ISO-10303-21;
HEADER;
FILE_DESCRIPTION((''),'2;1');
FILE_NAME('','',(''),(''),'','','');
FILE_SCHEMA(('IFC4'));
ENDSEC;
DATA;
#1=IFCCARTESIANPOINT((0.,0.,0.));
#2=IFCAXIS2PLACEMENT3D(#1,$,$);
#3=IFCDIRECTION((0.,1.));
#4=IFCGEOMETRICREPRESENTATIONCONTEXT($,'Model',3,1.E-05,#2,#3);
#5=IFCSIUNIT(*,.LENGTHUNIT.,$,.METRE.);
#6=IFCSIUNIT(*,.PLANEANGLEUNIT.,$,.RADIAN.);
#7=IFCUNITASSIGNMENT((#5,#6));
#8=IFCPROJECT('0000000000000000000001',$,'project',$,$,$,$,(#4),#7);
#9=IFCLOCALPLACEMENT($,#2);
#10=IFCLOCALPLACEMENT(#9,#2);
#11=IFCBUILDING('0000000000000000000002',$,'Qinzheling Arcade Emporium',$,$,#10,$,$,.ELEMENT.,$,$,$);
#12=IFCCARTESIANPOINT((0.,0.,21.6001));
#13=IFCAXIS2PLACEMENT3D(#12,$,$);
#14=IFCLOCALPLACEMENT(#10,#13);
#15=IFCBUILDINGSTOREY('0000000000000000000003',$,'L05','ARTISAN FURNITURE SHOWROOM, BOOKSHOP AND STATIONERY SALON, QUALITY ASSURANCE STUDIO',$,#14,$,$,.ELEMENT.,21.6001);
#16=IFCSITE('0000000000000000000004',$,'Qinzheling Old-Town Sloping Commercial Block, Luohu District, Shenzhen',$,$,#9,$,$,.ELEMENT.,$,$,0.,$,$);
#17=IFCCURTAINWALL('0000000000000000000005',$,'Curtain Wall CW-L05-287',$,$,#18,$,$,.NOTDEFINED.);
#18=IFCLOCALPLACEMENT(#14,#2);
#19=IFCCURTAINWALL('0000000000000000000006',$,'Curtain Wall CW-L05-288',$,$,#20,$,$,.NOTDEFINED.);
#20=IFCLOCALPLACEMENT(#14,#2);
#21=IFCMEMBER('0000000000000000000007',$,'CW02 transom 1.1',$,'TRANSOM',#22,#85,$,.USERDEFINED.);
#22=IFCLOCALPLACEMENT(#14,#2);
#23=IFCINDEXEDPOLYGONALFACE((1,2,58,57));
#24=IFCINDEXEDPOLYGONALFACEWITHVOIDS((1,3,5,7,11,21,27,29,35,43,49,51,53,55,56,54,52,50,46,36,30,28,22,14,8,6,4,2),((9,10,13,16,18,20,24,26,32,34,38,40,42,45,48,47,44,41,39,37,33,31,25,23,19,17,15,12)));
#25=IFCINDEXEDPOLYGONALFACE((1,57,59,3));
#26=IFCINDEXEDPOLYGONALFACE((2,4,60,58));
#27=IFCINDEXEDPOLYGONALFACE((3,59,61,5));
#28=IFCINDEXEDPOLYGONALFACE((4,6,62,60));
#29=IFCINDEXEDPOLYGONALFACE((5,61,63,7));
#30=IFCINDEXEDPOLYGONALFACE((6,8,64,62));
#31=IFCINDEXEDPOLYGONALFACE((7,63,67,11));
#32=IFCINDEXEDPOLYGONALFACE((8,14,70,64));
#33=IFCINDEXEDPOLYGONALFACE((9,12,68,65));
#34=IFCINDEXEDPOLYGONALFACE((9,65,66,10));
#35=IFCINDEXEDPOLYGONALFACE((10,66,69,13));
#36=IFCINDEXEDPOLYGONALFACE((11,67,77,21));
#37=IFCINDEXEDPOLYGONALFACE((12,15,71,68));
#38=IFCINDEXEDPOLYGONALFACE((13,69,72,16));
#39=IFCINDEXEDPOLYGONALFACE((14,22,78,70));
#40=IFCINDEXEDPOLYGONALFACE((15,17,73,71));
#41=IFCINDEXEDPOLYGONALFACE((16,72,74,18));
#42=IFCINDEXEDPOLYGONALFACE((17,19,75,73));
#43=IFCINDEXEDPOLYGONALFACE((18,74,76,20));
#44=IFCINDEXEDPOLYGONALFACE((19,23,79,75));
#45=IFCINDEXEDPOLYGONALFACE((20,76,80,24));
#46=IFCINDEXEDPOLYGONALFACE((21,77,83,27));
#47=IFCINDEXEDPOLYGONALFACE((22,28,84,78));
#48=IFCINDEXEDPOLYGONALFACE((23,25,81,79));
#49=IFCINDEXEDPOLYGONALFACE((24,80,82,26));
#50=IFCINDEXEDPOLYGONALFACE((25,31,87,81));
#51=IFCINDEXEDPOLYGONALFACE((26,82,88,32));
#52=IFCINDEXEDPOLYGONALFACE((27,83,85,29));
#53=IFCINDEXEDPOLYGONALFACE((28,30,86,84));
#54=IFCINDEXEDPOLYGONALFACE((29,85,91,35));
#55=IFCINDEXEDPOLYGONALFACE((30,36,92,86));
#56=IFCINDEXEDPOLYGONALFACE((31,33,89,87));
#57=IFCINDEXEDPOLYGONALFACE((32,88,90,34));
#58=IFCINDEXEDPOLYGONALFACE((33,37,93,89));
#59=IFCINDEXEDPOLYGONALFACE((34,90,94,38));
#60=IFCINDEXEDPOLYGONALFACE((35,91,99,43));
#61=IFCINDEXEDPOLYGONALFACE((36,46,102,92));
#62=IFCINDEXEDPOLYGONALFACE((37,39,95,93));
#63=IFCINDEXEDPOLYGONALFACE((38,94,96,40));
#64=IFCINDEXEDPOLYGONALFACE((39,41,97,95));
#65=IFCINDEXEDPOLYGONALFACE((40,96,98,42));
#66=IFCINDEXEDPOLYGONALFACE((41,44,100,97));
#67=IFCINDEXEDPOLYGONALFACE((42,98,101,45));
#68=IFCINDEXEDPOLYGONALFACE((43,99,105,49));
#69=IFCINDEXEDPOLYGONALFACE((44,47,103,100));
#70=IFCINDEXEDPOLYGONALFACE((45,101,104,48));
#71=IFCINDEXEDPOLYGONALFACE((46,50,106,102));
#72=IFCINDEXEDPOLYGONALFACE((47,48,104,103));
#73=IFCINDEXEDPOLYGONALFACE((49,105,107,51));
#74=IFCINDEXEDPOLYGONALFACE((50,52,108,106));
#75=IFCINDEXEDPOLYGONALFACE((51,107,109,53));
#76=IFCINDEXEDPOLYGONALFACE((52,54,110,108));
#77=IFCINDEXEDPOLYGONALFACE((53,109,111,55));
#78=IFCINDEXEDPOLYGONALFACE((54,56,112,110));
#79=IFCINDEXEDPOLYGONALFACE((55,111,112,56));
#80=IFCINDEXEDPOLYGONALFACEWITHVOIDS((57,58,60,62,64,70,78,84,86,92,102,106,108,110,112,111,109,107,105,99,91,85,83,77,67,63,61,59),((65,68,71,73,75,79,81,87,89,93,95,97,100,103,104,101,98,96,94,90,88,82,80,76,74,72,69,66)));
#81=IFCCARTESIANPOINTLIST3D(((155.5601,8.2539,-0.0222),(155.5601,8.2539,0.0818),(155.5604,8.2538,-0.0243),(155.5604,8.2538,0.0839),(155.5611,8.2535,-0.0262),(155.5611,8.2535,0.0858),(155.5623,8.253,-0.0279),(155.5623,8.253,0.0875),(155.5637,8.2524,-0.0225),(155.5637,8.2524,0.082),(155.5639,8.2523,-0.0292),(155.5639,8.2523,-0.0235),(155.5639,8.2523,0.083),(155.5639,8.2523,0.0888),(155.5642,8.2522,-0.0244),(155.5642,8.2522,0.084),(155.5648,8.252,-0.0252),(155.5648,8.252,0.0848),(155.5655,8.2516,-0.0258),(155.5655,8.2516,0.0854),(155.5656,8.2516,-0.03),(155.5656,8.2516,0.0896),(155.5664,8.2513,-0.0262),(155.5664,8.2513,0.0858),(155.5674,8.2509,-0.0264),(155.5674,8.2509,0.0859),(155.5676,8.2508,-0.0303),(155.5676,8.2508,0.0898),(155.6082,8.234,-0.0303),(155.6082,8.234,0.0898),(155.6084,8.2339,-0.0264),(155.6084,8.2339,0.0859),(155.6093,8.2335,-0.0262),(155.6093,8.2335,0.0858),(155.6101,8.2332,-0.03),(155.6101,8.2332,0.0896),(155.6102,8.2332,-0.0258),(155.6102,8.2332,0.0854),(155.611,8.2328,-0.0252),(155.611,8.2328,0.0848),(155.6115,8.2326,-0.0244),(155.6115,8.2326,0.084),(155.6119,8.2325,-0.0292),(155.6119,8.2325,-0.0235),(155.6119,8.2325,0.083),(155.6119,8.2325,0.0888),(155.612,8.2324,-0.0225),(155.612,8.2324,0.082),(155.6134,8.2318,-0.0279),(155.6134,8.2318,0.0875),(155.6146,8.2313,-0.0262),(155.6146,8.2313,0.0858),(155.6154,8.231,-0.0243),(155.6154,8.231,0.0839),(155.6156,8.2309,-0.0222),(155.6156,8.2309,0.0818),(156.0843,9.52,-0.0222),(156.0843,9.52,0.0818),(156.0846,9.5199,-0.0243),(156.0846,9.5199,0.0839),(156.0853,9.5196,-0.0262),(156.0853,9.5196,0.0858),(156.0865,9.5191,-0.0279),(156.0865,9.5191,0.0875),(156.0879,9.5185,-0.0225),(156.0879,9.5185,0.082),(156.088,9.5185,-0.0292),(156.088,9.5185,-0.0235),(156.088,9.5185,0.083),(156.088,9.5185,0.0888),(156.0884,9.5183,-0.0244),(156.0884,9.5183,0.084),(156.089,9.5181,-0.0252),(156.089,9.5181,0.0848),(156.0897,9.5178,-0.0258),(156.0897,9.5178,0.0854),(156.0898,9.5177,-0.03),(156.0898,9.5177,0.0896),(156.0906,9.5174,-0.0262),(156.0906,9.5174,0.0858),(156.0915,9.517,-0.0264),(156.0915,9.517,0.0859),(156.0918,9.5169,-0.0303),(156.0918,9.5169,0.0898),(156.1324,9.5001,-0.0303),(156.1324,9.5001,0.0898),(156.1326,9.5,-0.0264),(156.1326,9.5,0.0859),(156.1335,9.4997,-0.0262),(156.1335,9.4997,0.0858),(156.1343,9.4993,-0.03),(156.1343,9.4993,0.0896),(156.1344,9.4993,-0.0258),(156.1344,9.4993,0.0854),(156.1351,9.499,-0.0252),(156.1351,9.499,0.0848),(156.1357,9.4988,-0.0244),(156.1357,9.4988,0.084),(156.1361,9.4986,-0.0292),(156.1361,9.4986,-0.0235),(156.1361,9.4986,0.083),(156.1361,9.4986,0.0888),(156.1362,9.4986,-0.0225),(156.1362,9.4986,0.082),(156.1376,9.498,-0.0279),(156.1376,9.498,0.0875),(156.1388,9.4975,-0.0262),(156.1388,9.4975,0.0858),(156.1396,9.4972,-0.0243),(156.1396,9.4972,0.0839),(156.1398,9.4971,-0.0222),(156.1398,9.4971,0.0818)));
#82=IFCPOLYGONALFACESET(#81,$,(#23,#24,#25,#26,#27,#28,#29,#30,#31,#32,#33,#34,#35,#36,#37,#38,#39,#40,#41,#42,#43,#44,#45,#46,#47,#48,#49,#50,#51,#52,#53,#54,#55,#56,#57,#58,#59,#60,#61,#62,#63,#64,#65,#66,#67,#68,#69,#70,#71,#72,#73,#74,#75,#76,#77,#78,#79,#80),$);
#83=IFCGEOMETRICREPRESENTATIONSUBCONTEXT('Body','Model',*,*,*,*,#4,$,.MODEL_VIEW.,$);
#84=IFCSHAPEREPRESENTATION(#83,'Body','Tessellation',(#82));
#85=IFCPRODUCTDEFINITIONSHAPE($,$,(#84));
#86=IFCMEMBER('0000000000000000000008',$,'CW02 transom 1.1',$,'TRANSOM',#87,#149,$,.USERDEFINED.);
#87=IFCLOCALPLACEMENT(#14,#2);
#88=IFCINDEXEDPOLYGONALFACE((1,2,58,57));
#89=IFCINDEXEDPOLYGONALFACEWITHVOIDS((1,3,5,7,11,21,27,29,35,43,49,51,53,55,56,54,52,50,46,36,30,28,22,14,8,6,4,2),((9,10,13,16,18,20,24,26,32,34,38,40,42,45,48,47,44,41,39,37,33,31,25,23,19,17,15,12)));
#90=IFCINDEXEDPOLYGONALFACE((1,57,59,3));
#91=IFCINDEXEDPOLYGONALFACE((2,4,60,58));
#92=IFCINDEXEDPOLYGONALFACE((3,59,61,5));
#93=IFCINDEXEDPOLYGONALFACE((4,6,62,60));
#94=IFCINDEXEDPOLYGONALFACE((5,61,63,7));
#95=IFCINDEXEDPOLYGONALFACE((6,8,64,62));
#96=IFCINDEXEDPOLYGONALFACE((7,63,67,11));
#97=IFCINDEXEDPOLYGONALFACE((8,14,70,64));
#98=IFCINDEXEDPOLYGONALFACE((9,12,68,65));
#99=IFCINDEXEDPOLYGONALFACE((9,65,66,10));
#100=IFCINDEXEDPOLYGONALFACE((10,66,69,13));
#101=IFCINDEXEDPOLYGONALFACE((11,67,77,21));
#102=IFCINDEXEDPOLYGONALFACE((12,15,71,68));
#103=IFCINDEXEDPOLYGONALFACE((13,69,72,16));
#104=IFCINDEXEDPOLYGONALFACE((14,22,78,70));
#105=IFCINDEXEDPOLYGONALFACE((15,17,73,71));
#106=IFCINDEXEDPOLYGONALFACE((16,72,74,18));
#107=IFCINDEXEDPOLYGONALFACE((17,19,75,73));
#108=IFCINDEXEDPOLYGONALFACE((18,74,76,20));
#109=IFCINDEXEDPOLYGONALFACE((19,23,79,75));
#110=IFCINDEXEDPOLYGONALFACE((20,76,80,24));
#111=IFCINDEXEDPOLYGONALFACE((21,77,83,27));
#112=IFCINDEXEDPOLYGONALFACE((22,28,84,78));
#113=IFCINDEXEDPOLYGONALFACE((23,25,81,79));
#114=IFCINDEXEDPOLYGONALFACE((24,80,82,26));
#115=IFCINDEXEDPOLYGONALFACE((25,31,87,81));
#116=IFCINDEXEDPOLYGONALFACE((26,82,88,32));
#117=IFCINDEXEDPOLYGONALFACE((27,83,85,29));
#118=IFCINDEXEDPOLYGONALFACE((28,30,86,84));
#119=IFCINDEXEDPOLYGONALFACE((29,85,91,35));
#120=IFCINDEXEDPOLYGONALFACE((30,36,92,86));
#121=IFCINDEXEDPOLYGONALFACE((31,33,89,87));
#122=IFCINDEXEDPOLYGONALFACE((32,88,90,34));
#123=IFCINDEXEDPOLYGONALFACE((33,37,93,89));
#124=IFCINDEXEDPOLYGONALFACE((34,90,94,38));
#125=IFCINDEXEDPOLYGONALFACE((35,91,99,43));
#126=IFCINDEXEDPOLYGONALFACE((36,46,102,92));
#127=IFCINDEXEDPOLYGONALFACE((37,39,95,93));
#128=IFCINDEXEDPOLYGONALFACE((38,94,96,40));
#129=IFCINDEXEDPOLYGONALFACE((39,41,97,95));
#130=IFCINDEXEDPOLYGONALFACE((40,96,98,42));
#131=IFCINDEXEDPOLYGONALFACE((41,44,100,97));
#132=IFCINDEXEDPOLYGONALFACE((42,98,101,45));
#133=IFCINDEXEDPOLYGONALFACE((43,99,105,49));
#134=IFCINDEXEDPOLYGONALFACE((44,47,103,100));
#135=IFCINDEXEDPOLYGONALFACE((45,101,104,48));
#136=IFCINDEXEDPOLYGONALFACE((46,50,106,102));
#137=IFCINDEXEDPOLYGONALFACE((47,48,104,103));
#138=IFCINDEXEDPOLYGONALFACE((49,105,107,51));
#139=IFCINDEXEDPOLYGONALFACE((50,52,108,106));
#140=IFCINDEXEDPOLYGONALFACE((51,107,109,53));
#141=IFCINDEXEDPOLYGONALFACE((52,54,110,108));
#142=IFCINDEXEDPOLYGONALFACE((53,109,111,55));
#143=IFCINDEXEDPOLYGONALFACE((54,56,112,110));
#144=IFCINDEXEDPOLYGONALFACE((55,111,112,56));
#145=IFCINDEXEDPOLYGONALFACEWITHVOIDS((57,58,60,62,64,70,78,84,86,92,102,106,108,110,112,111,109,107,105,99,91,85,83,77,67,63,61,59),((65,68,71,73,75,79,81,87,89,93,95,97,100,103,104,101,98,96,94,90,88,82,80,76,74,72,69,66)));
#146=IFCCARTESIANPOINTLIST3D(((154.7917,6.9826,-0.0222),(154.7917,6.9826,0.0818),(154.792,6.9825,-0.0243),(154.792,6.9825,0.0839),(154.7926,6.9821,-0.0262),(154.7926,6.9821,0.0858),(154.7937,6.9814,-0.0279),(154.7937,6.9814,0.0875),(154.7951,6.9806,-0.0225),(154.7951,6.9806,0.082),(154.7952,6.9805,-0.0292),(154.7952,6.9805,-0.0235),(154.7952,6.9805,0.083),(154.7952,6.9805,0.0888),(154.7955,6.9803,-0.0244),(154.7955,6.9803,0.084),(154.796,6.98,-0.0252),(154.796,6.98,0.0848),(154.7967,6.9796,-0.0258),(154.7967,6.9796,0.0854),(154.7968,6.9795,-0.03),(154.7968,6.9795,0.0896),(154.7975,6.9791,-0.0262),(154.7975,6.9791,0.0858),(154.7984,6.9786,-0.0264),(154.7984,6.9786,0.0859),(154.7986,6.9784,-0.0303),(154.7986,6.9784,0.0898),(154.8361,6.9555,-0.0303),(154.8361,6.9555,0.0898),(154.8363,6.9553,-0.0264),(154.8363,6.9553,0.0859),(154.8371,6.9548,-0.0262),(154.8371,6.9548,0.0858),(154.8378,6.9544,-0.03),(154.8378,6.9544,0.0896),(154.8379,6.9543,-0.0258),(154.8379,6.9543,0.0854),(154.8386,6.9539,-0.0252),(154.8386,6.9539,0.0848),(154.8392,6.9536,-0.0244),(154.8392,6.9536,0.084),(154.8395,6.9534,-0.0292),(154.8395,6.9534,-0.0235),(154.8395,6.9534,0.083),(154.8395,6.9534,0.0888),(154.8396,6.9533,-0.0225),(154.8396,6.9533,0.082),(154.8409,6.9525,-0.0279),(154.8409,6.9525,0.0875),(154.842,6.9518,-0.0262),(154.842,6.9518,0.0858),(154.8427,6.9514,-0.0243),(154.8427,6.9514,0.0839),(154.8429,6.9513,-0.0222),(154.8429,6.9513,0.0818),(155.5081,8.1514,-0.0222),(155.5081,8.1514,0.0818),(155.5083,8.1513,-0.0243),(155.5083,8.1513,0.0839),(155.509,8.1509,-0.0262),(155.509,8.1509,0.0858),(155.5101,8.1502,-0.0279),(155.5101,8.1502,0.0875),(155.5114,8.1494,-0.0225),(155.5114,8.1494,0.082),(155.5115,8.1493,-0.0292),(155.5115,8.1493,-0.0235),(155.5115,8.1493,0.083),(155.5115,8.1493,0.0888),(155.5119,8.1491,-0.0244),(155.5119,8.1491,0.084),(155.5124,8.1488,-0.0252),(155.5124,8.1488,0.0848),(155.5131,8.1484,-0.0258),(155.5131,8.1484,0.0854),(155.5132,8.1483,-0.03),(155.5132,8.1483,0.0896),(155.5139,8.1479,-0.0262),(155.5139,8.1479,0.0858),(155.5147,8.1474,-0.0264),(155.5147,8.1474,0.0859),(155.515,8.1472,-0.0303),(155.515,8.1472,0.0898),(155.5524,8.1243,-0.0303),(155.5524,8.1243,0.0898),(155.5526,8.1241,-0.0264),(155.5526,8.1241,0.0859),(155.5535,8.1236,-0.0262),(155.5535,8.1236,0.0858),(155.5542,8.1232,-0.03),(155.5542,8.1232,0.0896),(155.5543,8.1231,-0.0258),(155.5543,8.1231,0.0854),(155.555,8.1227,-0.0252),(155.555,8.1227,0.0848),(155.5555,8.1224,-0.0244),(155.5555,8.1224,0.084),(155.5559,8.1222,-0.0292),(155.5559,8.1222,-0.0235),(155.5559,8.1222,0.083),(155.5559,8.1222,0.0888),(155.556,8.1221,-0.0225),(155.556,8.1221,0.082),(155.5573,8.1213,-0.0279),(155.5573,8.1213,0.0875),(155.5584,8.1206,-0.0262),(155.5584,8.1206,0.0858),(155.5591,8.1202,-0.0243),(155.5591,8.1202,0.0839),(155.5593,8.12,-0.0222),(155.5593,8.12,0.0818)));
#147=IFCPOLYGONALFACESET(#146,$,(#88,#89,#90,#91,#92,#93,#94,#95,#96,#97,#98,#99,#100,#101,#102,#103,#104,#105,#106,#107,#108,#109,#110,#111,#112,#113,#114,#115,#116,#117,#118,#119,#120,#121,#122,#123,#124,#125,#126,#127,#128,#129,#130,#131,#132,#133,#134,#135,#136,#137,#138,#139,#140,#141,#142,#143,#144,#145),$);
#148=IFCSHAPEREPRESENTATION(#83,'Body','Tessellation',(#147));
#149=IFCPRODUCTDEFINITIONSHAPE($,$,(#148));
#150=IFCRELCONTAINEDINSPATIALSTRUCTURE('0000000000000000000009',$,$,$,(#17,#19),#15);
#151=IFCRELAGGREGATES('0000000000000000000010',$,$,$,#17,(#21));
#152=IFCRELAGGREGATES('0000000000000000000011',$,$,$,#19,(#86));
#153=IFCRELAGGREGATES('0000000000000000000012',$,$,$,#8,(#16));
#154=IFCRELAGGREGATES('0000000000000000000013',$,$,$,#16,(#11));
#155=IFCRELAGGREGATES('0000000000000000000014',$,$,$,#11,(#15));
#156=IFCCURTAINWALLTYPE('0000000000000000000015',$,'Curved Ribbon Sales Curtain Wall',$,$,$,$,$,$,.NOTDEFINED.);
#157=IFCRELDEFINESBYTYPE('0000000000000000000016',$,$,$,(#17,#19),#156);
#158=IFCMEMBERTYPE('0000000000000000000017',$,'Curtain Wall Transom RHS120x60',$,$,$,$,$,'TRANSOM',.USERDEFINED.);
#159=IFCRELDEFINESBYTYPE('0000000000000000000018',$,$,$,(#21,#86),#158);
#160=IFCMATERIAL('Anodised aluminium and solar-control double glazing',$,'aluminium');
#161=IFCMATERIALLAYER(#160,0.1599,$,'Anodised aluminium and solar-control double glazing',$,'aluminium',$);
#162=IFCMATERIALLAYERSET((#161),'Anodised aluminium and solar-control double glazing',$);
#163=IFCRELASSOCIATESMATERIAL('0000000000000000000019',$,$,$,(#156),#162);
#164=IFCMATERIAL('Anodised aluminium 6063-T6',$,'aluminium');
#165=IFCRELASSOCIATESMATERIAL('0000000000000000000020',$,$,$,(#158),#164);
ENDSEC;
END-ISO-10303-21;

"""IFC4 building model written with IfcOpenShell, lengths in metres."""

from ifc_helpers import new_model, si_unit, direction, frame, origin, origin_2d, place, context, subcontext, project, spatial, hollow_rectangle, extrude, material, layer, layer_set, material_profile, profile_set, type_object, element, aggregate, save


model = new_model("IFC4")

# Units and contexts
model_context = context("Model", 3, precision=1e-05, world=origin(), true_north=direction((0.0, 1.0)))
body_context = subcontext(model_context, "Body", "Model", "MODEL_VIEW")
ifc_project = project(units=[si_unit("LENGTHUNIT", "METRE"), si_unit("PLANEANGLEUNIT", "RADIAN")], contexts=[model_context])

# Site, building, storey
site_placement = place(None, origin())
site = spatial("IfcSite", under=ifc_project, at=site_placement, Name="Qinzheling Old-Town Sloping Commercial Block, Luohu District, Shenzhen", CompositionType="ELEMENT", RefElevation=0.0)
building_placement = place(site_placement, origin())
building = spatial("IfcBuilding", under=site, at=building_placement, Name="Qinzheling Arcade Emporium", CompositionType="ELEMENT")
storey_placement = place(building_placement, frame((0.0, 0.0, 21.6001)))
storey = spatial("IfcBuildingStorey", under=building, at=storey_placement, Name="L05", Description="ARTISAN FURNITURE SHOWROOM, BOOKSHOP AND STATIONERY SALON, QUALITY ASSURANCE STUDIO", CompositionType="ELEMENT", Elevation=21.6001)

# Curtain wall
ifc_material_1 = material(Name="Anodised aluminium and solar-control double glazing", Category="aluminium")
ifc_layer_1 = layer(ifc_material_1, 0.1599, Name="Anodised aluminium and solar-control double glazing", Category="aluminium")
ifc_layer_set_1 = layer_set([ifc_layer_1], Name="Anodised aluminium and solar-control double glazing")
curtain_wall_type = type_object("IfcCurtainWallType", Name="Curved Ribbon Sales Curtain Wall", PredefinedType="NOTDEFINED", material=ifc_layer_set_1)
curtain_wall_1_placement = place(storey_placement, origin())
curtain_wall_1 = element("IfcCurtainWall", 1, at=curtain_wall_1_placement, inside=storey, type_object=curtain_wall_type, Name="Curtain Wall CW-L05-287", PredefinedType="NOTDEFINED")
ifc_material_2 = material(Name="Anodised aluminium 6063-T6", Category="aluminium")

# Curtain wall
curtain_wall_2_placement = place(storey_placement, origin())
curtain_wall_2 = element("IfcCurtainWall", 2, at=curtain_wall_2_placement, inside=storey, type_object=curtain_wall_type, Name="Curtain Wall CW-L05-288", PredefinedType="NOTDEFINED")

# Members
ifc_material_profile_1 = material_profile(ifc_material_2, hollow_rectangle(XDim=0.0601, YDim=0.1201, WallThickness=0.0039, InnerFilletRadius=0.0039, OuterFilletRadius=0.0081, at=origin_2d()), Name="RHS 120x60x4", Category="aluminium")
ifc_profile_set_1 = profile_set([ifc_material_profile_1], Name="Anodised aluminium 6063-T6")
member_type_1 = type_object("IfcMemberType", Name="Curtain Wall Transom RHS120x60", ElementType="TRANSOM", PredefinedType="USERDEFINED", material=ifc_profile_set_1)
member_1_placement = place(storey_placement, frame((156.1121, 9.5085, 0.0298), z_axis=(-0.382514, -0.92395, 0.0), x_axis=(0.92395, -0.382514, 0.0)))
member_1 = element("IfcMember", 3, at=member_1_placement, type_object=member_type_1, Name="CW02 transom 1.1", ObjectType="TRANSOM", PredefinedType="USERDEFINED", context=body_context, shape_type="SweptSolid", body=[
    extrude(hollow_rectangle(XDim=0.0601, YDim=0.1201, WallThickness=0.0039, InnerFilletRadius=0.0039, OuterFilletRadius=0.0081, at=origin_2d()), origin(), (0.0, 0.0, 1.0), 1.3704),
])
member_2_placement = place(storey_placement, frame((155.5337, 8.1357, 0.0298), z_axis=(-0.522566, -0.852599, 0.0), x_axis=(0.852599, -0.522566, 0.0)))
member_2 = element("IfcMember", 4, at=member_2_placement, type_object=member_type_1, Name="CW02 transom 1.1", ObjectType="TRANSOM", PredefinedType="USERDEFINED", context=body_context, shape_type="SweptSolid", body=[
    extrude(hollow_rectangle(XDim=0.0601, YDim=0.1201, WallThickness=0.0039, InnerFilletRadius=0.0039, OuterFilletRadius=0.0081, at=origin_2d()), origin(), (0.0, 0.0, 1.0), 1.3708),
])

aggregate(curtain_wall_1, [member_1])
aggregate(curtain_wall_2, [member_2])

save(model, "model.ifc")
